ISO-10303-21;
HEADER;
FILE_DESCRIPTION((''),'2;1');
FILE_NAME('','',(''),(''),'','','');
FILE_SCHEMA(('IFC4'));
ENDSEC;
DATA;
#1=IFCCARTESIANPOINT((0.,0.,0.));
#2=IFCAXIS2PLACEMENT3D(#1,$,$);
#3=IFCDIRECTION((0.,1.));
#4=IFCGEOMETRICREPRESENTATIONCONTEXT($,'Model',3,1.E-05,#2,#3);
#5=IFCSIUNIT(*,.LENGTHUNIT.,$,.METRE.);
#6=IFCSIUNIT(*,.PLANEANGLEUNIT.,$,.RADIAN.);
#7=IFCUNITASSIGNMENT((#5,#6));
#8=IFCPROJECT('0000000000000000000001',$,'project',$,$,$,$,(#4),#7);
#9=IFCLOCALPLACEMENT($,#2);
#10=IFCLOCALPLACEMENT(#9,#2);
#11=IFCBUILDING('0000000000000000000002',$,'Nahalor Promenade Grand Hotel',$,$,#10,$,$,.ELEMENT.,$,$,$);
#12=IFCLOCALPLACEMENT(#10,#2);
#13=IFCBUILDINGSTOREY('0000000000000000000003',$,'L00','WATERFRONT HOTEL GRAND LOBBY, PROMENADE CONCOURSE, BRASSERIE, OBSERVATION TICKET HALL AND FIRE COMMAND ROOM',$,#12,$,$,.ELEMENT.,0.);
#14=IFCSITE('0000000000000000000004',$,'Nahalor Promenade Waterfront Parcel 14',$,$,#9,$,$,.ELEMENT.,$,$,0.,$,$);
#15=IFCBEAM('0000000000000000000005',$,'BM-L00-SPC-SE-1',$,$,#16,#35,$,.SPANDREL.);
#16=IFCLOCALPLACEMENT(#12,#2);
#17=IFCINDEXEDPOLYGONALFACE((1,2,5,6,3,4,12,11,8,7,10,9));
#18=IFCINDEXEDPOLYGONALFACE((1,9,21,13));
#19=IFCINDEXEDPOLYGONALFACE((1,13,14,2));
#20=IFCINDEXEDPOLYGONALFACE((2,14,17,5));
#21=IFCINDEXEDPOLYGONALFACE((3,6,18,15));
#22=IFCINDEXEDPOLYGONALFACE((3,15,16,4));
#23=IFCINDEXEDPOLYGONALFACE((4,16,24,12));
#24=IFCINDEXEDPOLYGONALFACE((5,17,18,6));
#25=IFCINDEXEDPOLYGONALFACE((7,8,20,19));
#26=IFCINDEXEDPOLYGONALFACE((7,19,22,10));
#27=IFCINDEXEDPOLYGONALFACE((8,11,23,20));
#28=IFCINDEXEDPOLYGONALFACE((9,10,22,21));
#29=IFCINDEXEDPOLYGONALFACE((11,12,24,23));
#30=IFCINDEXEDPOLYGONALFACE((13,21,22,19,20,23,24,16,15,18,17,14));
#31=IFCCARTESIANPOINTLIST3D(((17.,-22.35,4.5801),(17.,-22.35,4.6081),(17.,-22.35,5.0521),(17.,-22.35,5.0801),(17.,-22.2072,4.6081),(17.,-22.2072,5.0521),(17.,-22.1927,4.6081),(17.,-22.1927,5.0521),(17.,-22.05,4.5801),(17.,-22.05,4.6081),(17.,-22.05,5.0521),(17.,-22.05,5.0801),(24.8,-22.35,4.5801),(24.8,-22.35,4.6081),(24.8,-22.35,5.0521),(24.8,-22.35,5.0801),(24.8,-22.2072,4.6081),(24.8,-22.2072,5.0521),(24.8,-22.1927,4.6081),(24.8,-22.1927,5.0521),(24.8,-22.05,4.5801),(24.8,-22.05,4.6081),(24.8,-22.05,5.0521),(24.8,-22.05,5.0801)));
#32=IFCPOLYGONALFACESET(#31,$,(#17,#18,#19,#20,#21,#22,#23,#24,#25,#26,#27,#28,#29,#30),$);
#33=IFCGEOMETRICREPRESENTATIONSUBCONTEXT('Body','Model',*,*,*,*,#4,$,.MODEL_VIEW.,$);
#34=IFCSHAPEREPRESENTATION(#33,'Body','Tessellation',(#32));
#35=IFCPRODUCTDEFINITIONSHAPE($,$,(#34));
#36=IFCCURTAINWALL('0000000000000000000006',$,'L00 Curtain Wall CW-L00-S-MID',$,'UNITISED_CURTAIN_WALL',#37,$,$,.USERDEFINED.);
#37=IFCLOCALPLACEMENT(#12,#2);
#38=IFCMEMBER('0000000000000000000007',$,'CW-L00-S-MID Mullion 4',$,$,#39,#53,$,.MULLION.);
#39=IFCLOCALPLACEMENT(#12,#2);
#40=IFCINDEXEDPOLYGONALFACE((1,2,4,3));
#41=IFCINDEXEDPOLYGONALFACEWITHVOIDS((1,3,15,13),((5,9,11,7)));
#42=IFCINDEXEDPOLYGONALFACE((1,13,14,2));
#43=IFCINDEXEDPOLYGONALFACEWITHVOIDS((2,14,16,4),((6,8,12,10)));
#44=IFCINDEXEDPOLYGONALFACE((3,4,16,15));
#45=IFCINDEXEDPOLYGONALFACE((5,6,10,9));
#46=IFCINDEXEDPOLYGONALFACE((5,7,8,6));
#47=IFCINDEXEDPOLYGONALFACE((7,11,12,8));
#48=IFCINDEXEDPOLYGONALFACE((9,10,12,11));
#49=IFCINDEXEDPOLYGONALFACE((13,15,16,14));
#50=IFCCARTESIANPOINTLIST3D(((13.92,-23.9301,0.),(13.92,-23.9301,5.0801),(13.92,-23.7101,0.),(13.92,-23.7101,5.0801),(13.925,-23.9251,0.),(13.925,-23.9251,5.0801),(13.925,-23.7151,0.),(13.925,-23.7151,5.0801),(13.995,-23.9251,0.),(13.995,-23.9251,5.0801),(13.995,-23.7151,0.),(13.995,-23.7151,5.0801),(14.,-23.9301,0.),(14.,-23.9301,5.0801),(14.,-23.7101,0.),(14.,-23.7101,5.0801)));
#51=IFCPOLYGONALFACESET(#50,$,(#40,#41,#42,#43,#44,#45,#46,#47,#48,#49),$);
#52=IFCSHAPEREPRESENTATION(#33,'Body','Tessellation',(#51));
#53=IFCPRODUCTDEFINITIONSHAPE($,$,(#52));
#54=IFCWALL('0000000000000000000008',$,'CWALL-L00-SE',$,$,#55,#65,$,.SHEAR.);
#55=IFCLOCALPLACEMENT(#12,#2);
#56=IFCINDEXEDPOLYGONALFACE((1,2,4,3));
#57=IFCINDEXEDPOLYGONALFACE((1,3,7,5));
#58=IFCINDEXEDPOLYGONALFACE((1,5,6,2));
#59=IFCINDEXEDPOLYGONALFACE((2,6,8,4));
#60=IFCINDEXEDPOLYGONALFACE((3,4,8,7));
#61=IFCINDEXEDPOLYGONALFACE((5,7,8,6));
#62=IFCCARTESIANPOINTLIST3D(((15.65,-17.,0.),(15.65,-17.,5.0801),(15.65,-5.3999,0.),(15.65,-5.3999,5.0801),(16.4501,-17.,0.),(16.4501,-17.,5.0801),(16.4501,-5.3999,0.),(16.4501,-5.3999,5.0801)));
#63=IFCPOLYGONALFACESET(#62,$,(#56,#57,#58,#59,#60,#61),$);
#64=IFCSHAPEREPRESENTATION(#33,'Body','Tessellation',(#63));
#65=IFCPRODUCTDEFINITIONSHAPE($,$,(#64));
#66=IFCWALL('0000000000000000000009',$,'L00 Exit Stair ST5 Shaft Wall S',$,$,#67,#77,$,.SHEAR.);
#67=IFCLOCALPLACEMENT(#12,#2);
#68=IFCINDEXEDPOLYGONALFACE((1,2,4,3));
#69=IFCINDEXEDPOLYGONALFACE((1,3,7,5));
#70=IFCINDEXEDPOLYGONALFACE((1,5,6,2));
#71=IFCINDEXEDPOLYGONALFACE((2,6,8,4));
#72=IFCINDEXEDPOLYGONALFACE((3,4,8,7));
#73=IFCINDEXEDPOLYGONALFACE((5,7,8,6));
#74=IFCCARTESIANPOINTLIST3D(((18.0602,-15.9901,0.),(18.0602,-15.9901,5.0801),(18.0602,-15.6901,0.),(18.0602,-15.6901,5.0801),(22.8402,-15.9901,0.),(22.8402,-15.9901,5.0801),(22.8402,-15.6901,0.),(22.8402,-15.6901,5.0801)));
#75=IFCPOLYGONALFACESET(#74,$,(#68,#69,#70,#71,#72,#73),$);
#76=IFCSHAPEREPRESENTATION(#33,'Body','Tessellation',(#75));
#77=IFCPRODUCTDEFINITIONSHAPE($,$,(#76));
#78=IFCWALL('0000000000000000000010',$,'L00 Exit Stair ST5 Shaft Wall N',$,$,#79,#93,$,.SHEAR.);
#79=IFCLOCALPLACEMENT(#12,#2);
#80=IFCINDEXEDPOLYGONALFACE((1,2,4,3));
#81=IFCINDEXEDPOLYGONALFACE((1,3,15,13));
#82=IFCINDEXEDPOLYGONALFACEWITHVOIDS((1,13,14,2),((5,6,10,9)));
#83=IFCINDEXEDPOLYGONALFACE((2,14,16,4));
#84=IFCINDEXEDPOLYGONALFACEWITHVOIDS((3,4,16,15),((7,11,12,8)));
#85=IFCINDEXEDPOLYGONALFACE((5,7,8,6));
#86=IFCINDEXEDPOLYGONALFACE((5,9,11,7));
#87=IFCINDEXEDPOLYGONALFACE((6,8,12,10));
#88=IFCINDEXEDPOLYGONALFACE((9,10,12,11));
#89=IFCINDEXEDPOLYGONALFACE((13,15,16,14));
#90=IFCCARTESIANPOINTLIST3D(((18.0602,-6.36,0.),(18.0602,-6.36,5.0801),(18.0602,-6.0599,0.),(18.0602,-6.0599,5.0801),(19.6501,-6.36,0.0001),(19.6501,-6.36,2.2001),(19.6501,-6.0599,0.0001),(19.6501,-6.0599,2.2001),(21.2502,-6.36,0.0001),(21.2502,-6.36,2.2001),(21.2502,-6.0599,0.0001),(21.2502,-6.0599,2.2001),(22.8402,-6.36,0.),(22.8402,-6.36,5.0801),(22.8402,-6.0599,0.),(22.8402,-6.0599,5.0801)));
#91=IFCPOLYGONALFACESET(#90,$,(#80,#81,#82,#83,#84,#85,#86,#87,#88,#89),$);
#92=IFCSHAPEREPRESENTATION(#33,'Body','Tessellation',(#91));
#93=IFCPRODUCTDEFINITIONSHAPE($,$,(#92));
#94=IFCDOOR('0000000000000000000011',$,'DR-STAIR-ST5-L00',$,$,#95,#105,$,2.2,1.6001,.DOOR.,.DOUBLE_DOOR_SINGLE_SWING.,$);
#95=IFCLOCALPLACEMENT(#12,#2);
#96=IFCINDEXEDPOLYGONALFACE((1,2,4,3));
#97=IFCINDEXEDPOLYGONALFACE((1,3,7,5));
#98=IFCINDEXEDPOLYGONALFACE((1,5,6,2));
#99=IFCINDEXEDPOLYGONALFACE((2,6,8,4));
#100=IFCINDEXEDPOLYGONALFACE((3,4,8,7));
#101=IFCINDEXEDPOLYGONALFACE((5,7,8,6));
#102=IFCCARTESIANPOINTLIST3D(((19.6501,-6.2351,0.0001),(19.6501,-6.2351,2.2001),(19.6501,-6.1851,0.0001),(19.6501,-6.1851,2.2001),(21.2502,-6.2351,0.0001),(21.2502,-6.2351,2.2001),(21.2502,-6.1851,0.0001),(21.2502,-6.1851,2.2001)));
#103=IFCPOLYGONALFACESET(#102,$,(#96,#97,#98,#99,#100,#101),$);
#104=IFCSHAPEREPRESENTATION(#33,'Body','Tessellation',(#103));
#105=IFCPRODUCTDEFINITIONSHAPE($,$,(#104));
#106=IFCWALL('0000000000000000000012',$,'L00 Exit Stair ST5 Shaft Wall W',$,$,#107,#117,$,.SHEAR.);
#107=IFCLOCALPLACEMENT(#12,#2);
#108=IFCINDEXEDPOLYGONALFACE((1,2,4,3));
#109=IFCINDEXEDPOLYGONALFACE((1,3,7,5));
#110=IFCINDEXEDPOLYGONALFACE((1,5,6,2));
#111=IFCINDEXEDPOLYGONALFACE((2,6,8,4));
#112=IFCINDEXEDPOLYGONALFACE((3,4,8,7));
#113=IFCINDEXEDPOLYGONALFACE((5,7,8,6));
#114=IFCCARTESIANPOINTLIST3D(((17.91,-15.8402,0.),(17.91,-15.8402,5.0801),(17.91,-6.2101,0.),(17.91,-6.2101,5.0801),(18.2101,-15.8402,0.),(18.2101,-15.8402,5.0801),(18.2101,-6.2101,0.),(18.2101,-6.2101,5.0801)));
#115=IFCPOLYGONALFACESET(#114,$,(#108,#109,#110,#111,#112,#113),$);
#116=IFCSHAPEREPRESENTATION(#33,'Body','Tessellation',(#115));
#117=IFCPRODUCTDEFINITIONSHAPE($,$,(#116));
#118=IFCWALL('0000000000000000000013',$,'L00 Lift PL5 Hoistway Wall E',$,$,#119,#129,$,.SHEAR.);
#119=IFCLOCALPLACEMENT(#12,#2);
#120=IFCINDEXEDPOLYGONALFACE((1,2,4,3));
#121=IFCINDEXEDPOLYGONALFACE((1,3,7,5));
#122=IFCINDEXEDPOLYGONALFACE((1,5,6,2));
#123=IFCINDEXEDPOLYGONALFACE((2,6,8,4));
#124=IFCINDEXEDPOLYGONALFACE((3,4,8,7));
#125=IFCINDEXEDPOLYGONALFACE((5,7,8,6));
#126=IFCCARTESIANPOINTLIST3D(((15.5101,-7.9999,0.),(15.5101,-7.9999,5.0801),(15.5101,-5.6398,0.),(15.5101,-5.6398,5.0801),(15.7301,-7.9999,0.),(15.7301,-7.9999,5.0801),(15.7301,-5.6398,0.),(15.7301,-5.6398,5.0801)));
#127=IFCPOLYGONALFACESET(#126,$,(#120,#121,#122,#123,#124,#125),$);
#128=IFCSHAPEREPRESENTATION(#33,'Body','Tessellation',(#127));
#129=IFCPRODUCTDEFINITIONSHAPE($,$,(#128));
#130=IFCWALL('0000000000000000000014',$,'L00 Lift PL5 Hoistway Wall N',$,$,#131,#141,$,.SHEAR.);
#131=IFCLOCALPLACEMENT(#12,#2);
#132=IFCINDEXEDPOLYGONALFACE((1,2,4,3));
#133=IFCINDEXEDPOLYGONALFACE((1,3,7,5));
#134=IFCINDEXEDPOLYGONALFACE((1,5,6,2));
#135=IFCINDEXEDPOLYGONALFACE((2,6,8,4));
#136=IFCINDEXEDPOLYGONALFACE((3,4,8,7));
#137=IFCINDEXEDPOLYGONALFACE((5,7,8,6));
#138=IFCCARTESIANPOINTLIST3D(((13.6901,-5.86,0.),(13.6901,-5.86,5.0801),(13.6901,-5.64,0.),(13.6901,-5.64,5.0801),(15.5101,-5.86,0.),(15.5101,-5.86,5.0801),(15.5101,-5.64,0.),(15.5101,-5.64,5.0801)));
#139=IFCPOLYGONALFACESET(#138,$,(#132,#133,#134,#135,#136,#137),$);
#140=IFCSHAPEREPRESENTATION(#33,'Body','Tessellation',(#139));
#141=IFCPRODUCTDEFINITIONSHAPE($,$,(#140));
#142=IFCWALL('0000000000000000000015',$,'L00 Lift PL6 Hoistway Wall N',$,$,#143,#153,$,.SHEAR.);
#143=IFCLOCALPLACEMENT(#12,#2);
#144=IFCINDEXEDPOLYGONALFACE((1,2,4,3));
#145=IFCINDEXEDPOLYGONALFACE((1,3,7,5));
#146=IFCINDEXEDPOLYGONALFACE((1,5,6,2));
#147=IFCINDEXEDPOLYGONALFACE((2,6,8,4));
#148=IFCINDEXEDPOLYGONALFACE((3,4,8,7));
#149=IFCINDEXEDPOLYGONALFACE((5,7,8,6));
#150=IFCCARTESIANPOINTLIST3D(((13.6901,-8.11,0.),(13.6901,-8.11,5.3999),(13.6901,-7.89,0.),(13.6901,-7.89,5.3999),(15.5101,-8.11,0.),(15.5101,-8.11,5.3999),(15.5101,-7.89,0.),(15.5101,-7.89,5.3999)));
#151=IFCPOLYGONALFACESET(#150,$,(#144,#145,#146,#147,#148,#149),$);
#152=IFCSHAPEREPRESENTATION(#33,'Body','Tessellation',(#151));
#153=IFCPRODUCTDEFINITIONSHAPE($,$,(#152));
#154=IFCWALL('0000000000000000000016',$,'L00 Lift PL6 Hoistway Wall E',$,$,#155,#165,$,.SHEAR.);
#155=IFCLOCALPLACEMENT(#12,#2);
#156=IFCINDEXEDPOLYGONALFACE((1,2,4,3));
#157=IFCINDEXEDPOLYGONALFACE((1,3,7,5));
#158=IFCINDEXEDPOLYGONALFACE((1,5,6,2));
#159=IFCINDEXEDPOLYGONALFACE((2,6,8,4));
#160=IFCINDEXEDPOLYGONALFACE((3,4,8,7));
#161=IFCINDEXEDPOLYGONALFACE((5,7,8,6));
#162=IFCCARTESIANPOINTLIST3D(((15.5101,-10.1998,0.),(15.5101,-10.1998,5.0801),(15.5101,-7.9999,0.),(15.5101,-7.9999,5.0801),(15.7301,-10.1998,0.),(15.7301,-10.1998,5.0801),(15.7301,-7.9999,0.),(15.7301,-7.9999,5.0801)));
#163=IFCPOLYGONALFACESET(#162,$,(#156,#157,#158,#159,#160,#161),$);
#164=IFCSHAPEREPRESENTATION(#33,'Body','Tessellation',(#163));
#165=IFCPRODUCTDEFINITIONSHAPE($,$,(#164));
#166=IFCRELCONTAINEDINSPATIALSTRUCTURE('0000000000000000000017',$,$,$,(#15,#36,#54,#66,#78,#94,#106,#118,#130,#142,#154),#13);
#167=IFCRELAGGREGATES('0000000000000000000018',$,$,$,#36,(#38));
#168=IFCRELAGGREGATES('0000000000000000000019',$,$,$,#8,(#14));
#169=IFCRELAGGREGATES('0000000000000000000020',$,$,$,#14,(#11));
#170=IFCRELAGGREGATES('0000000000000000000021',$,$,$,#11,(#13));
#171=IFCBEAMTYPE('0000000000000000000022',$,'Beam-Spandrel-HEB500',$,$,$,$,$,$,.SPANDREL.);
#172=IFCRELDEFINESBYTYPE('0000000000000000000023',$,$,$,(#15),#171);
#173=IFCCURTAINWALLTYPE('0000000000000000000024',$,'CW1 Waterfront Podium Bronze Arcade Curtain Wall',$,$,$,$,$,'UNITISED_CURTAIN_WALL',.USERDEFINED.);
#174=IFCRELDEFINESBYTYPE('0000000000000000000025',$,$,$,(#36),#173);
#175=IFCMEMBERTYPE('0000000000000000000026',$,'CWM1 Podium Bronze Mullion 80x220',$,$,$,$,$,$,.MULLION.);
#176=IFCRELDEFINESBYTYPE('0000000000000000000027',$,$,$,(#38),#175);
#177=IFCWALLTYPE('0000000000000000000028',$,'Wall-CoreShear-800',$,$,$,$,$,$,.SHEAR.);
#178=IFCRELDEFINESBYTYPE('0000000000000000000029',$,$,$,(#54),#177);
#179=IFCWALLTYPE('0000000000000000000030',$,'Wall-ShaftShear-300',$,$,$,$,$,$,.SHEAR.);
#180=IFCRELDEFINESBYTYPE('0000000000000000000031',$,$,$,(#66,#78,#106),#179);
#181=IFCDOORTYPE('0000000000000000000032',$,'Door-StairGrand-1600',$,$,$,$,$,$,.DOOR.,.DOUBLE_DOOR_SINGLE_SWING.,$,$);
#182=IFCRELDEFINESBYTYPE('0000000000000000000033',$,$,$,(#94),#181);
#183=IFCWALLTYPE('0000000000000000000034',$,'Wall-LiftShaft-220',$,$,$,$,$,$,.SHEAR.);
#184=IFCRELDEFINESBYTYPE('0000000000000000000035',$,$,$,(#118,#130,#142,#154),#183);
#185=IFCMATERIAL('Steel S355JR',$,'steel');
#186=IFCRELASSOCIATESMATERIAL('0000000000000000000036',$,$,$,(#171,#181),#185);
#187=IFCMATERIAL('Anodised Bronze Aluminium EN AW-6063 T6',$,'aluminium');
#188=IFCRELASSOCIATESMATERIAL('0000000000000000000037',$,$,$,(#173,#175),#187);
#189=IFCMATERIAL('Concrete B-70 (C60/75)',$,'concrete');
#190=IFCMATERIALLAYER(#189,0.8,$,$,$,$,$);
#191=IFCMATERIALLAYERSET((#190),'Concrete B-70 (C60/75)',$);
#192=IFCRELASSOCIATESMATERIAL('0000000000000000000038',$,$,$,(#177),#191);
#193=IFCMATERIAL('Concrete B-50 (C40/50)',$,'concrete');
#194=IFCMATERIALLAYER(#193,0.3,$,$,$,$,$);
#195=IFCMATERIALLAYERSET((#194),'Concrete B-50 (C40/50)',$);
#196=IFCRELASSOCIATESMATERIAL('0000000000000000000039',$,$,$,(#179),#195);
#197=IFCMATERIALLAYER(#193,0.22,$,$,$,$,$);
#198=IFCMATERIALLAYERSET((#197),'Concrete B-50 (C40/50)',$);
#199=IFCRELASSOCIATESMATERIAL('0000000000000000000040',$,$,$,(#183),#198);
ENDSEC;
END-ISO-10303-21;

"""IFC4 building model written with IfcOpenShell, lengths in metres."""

from ifc_helpers import new_model, si_unit, direction, frame, frame_2d, origin, origin_2d, place, context, subcontext, project, spatial, rectangle, hollow_rectangle, i_section, extrude, source, transform, mapped, material, layer, layer_set, material_profile, profile_set, type_object, element, fill, aggregate, save


model = new_model("IFC4")

# Units and contexts
model_context = context("Model", 3, precision=1e-05, world=origin(), true_north=direction((0.0, 1.0)))
body_context = subcontext(model_context, "Body", "Model", "MODEL_VIEW")
ifc_project = project(units=[si_unit("LENGTHUNIT", "METRE"), si_unit("PLANEANGLEUNIT", "RADIAN")], contexts=[model_context])

# Site, building, storey
site_placement = place(None, origin())
site = spatial("IfcSite", under=ifc_project, at=site_placement, Name="Nahalor Promenade Waterfront Parcel 14", CompositionType="ELEMENT", RefElevation=0.0)
building_placement = place(site_placement, origin())
building = spatial("IfcBuilding", under=site, at=building_placement, Name="Nahalor Promenade Grand Hotel", CompositionType="ELEMENT")
storey_placement = place(building_placement, origin())
storey = spatial("IfcBuildingStorey", under=building, at=storey_placement, Name="L00", Description="WATERFRONT HOTEL GRAND LOBBY, PROMENADE CONCOURSE, BRASSERIE, OBSERVATION TICKET HALL AND FIRE COMMAND ROOM", CompositionType="ELEMENT", Elevation=0.0)

# Shared definitions
ifc_material_1 = material(Name="Concrete B-70 (C60/75)", Category="concrete")

# Beam
ifc_material_2 = material(Name="Steel S355JR", Category="steel")
ifc_material_profile_1 = material_profile(ifc_material_2, i_section(OverallWidth=0.3, OverallDepth=0.5, WebThickness=0.0145, FlangeThickness=0.028, at=origin_2d()), Name="HEB 500")
ifc_profile_set_1 = profile_set([ifc_material_profile_1], Name="Steel S355JR")
beam_type_1 = type_object("IfcBeamType", Name="Beam-Spandrel-HEB500", PredefinedType="SPANDREL", material=ifc_profile_set_1)
shared_shape_1 = source(origin(), body_context, "Body", "SweptSolid", [
    extrude(i_section(OverallWidth=0.3, OverallDepth=0.5, WebThickness=0.0145, FlangeThickness=0.028, at=origin_2d()), origin(), (0.0, 0.0, 1.0), 7.8),
])
beam_1_placement = place(storey_placement, frame((17.0, -22.2, 4.8301), z_axis=(1.0, 0.0, 0.0), x_axis=(0.0, 1.0, 0.0)))
element("IfcBeam", 1, at=beam_1_placement, inside=storey, type_object=beam_type_1, Name="BM-L00-SPC-SE-1", PredefinedType="SPANDREL", context=body_context, shape_type="MappedRepresentation", body=[
    mapped(shared_shape_1, transform((0.0, 0.0, 0.0), scale=1.0)),
])

# Curtain wall, member
ifc_material_3 = material(Name="Anodised Bronze Aluminium EN AW-6063 T6", Category="aluminium")
curtain_wall_type = type_object("IfcCurtainWallType", Name="CW1 Waterfront Podium Bronze Arcade Curtain Wall", ElementType="UNITISED_CURTAIN_WALL", PredefinedType="USERDEFINED", material=ifc_material_3)
curtain_wall_placement = place(storey_placement, origin())
curtain_wall = element("IfcCurtainWall", 2, at=curtain_wall_placement, inside=storey, type_object=curtain_wall_type, Name="L00 Curtain Wall CW-L00-S-MID", ObjectType="UNITISED_CURTAIN_WALL", PredefinedType="USERDEFINED")
ifc_material_profile_2 = material_profile(ifc_material_3, hollow_rectangle(XDim=0.08, YDim=0.22, WallThickness=0.005, at=origin_2d()), Name="CWM 80x220x5")
ifc_profile_set_2 = profile_set([ifc_material_profile_2], Name="Anodised Bronze Aluminium EN AW-6063 T6")
member_type = type_object("IfcMemberType", Name="CWM1 Podium Bronze Mullion 80x220", PredefinedType="MULLION", material=ifc_profile_set_2)
shared_shape_2 = source(origin(), body_context, "Body", "SweptSolid", [
    extrude(hollow_rectangle(XDim=0.08, YDim=0.22, WallThickness=0.005, at=origin_2d()), origin(), (0.0, 0.0, 1.0), 5.0801),
])
member_placement = place(storey_placement, frame((13.96, -23.8201, 0.0), z_axis=(0.0, 0.0, 1.0), x_axis=(1.0, 0.0, 0.0)))
member = element("IfcMember", 3, at=member_placement, type_object=member_type, Name="CW-L00-S-MID Mullion 4", PredefinedType="MULLION", context=body_context, shape_type="MappedRepresentation", body=[
    mapped(shared_shape_2, transform((0.0, 0.0, 0.0), scale=1.0)),
])
aggregate(curtain_wall, [member])

# Walls
ifc_layer_1 = layer(ifc_material_1, 0.8)
ifc_layer_set_1 = layer_set([ifc_layer_1], Name="Concrete B-70 (C60/75)")
wall_type_1 = type_object("IfcWallType", Name="Wall-CoreShear-800", PredefinedType="SHEAR", material=ifc_layer_set_1)
shared_shape_3 = source(origin(), body_context, "Body", "SweptSolid", [
    extrude(rectangle(XDim=11.6001, YDim=0.8, at=frame_2d((5.8, 0.0))), origin(), (0.0, 0.0, 1.0), 5.0801),
])
wall_1_placement = place(storey_placement, frame((16.05, -17.0, 0.0), z_axis=(0.0, 0.0, 1.0), x_axis=(0.0, 1.0, 0.0)))
element("IfcWall", 4, at=wall_1_placement, inside=storey, type_object=wall_type_1, Name="CWALL-L00-SE", PredefinedType="SHEAR", context=body_context, shape_type="MappedRepresentation", body=[
    mapped(shared_shape_3, transform((0.0, 0.0, 0.0), scale=1.0)),
])
ifc_material_4 = material(Name="Concrete B-50 (C40/50)", Category="concrete")
ifc_layer_2 = layer(ifc_material_4, 0.3)
ifc_layer_set_2 = layer_set([ifc_layer_2], Name="Concrete B-50 (C40/50)")
wall_type_2 = type_object("IfcWallType", Name="Wall-ShaftShear-300", PredefinedType="SHEAR", material=ifc_layer_set_2)
shared_shape_4 = source(origin(), body_context, "Body", "SweptSolid", [
    extrude(rectangle(XDim=4.78, YDim=0.3, at=frame_2d((2.3901, 0.0))), origin(), (0.0, 0.0, 1.0), 5.0801),
])
wall_2_placement = place(storey_placement, frame((18.0601, -15.8401, 0.0), z_axis=(0.0, 0.0, 1.0), x_axis=(1.0, 0.0, 0.0)))
element("IfcWall", 5, at=wall_2_placement, inside=storey, type_object=wall_type_2, Name="L00 Exit Stair ST5 Shaft Wall S", PredefinedType="SHEAR", context=body_context, shape_type="MappedRepresentation", body=[
    mapped(shared_shape_4, transform((0.0, 0.0, 0.0), scale=1.0)),
])

# Wall, opening, door
wall_3_placement = place(storey_placement, frame((18.0601, -6.21, 0.0), z_axis=(0.0, 0.0, 1.0), x_axis=(1.0, 0.0, 0.0)))
wall_3 = element("IfcWall", 6, at=wall_3_placement, inside=storey, type_object=wall_type_2, Name="L00 Exit Stair ST5 Shaft Wall N", PredefinedType="SHEAR", context=body_context, shape_type="MappedRepresentation", body=[
    mapped(shared_shape_4, transform((0.0, 0.0, 0.0), scale=1.0)),
])
opening_1_placement = place(wall_3_placement, frame((1.5901, 0.0, 0.0)))
opening_1 = element("IfcOpeningElement", 7, at=opening_1_placement, cuts=wall_3, PredefinedType="OPENING", context=body_context, shape_type="SweptSolid", body=[
    extrude(rectangle(XDim=1.6001, YDim=2.2, at=frame_2d((0.8, 1.1001))), frame((0.0, 0.1599, 0.0), z_axis=(0.0, -1.0, 0.0), x_axis=(1.0, 0.0, 0.0)), (0.0, 0.0, 1.0), 0.3201),
])
door_type_1 = type_object("IfcDoorType", Name="Door-StairGrand-1600", OperationType="DOUBLE_DOOR_SINGLE_SWING", PredefinedType="DOOR", material=ifc_material_2)
shared_shape_5 = source(origin(), body_context, "Body", "SweptSolid", [
    extrude(rectangle(XDim=1.6001, YDim=2.2, at=frame_2d((0.8, 1.1001))), frame((0.0, 0.0249, 0.0), z_axis=(0.0, -1.0, 0.0), x_axis=(1.0, 0.0, 0.0)), (0.0, 0.0, 1.0), 0.05),
])
door_1_placement = place(opening_1_placement, origin())
door_1 = element("IfcDoor", 8, at=door_1_placement, inside=storey, type_object=door_type_1, Name="DR-STAIR-ST5-L00", OperationType="DOUBLE_DOOR_SINGLE_SWING", OverallHeight=2.2, OverallWidth=1.6001, PredefinedType="DOOR", context=body_context, shape_type="MappedRepresentation", body=[
    mapped(shared_shape_5, transform((0.0, 0.0, 0.0), scale=1.0)),
])
fill(opening_1, door_1)

# Walls
shared_shape_6 = source(origin(), body_context, "Body", "SweptSolid", [
    extrude(rectangle(XDim=9.6301, YDim=0.3, at=frame_2d((4.8149, 0.0))), origin(), (0.0, 0.0, 1.0), 5.0801),
])
wall_4_placement = place(storey_placement, frame((18.0601, -15.8401, 0.0), z_axis=(0.0, 0.0, 1.0), x_axis=(0.0, 1.0, 0.0)))
element("IfcWall", 9, at=wall_4_placement, inside=storey, type_object=wall_type_2, Name="L00 Exit Stair ST5 Shaft Wall W", PredefinedType="SHEAR", context=body_context, shape_type="MappedRepresentation", body=[
    mapped(shared_shape_6, transform((0.0, 0.0, 0.0), scale=1.0)),
])
ifc_layer_3 = layer(ifc_material_4, 0.22)
ifc_layer_set_3 = layer_set([ifc_layer_3], Name="Concrete B-50 (C40/50)")
wall_type_3 = type_object("IfcWallType", Name="Wall-LiftShaft-220", PredefinedType="SHEAR", material=ifc_layer_set_3)
shared_shape_7 = source(origin(), body_context, "Body", "SweptSolid", [
    extrude(rectangle(XDim=2.3601, YDim=0.22, at=frame_2d((1.1802, 0.0))), origin(), (0.0, 0.0, 1.0), 5.0801),
])
wall_5_placement = place(storey_placement, frame((15.6201, -8.0, 0.0), z_axis=(0.0, 0.0, 1.0), x_axis=(0.0, 1.0, 0.0)))
element("IfcWall", 10, at=wall_5_placement, inside=storey, type_object=wall_type_3, Name="L00 Lift PL5 Hoistway Wall E", PredefinedType="SHEAR", context=body_context, shape_type="MappedRepresentation", body=[
    mapped(shared_shape_7, transform((0.0, 0.0, 0.0), scale=1.0)),
])
shared_shape_8 = source(origin(), body_context, "Body", "SweptSolid", [
    extrude(rectangle(XDim=1.8201, YDim=0.22, at=frame_2d((0.9102, 0.0))), origin(), (0.0, 0.0, 1.0), 5.0801),
])
wall_6_placement = place(storey_placement, frame((13.6899, -5.75, 0.0), z_axis=(0.0, 0.0, 1.0), x_axis=(1.0, 0.0, 0.0)))
element("IfcWall", 11, at=wall_6_placement, inside=storey, type_object=wall_type_3, Name="L00 Lift PL5 Hoistway Wall N", PredefinedType="SHEAR", context=body_context, shape_type="MappedRepresentation", body=[
    mapped(shared_shape_8, transform((0.0, 0.0, 0.0), scale=1.0)),
])
shared_shape_9 = source(origin(), body_context, "Body", "SweptSolid", [
    extrude(rectangle(XDim=1.8201, YDim=0.22, at=frame_2d((0.9102, 0.0))), origin(), (0.0, 0.0, 1.0), 5.3999),
])
wall_7_placement = place(storey_placement, frame((13.6899, -8.0, 0.0), z_axis=(0.0, 0.0, 1.0), x_axis=(1.0, 0.0, 0.0)))
element("IfcWall", 12, at=wall_7_placement, inside=storey, type_object=wall_type_3, Name="L00 Lift PL6 Hoistway Wall N", PredefinedType="SHEAR", context=body_context, shape_type="MappedRepresentation", body=[
    mapped(shared_shape_9, transform((0.0, 0.0, 0.0), scale=1.0)),
])
shared_shape_10 = source(origin(), body_context, "Body", "SweptSolid", [
    extrude(rectangle(XDim=2.2, YDim=0.22, at=frame_2d((1.1001, 0.0))), origin(), (0.0, 0.0, 1.0), 5.0801),
])
for number, where, z_axis, x_axis, name in (
    (13, (15.6201, -10.2, 0.0), (0.0, 0.0, 1.0), (0.0, 1.0, 0.0), "L00 Lift PL6 Hoistway Wall E"),
):
    element("IfcWall", number, at=place(storey_placement, frame(where, z_axis=z_axis, x_axis=x_axis)), inside=storey, type_object=wall_type_3, Name=name, PredefinedType="SHEAR", context=body_context, shape_type="MappedRepresentation", body=[
        mapped(shared_shape_10, transform((0.0, 0.0, 0.0), scale=1.0)),
    ])

save(model, "model.ifc")
